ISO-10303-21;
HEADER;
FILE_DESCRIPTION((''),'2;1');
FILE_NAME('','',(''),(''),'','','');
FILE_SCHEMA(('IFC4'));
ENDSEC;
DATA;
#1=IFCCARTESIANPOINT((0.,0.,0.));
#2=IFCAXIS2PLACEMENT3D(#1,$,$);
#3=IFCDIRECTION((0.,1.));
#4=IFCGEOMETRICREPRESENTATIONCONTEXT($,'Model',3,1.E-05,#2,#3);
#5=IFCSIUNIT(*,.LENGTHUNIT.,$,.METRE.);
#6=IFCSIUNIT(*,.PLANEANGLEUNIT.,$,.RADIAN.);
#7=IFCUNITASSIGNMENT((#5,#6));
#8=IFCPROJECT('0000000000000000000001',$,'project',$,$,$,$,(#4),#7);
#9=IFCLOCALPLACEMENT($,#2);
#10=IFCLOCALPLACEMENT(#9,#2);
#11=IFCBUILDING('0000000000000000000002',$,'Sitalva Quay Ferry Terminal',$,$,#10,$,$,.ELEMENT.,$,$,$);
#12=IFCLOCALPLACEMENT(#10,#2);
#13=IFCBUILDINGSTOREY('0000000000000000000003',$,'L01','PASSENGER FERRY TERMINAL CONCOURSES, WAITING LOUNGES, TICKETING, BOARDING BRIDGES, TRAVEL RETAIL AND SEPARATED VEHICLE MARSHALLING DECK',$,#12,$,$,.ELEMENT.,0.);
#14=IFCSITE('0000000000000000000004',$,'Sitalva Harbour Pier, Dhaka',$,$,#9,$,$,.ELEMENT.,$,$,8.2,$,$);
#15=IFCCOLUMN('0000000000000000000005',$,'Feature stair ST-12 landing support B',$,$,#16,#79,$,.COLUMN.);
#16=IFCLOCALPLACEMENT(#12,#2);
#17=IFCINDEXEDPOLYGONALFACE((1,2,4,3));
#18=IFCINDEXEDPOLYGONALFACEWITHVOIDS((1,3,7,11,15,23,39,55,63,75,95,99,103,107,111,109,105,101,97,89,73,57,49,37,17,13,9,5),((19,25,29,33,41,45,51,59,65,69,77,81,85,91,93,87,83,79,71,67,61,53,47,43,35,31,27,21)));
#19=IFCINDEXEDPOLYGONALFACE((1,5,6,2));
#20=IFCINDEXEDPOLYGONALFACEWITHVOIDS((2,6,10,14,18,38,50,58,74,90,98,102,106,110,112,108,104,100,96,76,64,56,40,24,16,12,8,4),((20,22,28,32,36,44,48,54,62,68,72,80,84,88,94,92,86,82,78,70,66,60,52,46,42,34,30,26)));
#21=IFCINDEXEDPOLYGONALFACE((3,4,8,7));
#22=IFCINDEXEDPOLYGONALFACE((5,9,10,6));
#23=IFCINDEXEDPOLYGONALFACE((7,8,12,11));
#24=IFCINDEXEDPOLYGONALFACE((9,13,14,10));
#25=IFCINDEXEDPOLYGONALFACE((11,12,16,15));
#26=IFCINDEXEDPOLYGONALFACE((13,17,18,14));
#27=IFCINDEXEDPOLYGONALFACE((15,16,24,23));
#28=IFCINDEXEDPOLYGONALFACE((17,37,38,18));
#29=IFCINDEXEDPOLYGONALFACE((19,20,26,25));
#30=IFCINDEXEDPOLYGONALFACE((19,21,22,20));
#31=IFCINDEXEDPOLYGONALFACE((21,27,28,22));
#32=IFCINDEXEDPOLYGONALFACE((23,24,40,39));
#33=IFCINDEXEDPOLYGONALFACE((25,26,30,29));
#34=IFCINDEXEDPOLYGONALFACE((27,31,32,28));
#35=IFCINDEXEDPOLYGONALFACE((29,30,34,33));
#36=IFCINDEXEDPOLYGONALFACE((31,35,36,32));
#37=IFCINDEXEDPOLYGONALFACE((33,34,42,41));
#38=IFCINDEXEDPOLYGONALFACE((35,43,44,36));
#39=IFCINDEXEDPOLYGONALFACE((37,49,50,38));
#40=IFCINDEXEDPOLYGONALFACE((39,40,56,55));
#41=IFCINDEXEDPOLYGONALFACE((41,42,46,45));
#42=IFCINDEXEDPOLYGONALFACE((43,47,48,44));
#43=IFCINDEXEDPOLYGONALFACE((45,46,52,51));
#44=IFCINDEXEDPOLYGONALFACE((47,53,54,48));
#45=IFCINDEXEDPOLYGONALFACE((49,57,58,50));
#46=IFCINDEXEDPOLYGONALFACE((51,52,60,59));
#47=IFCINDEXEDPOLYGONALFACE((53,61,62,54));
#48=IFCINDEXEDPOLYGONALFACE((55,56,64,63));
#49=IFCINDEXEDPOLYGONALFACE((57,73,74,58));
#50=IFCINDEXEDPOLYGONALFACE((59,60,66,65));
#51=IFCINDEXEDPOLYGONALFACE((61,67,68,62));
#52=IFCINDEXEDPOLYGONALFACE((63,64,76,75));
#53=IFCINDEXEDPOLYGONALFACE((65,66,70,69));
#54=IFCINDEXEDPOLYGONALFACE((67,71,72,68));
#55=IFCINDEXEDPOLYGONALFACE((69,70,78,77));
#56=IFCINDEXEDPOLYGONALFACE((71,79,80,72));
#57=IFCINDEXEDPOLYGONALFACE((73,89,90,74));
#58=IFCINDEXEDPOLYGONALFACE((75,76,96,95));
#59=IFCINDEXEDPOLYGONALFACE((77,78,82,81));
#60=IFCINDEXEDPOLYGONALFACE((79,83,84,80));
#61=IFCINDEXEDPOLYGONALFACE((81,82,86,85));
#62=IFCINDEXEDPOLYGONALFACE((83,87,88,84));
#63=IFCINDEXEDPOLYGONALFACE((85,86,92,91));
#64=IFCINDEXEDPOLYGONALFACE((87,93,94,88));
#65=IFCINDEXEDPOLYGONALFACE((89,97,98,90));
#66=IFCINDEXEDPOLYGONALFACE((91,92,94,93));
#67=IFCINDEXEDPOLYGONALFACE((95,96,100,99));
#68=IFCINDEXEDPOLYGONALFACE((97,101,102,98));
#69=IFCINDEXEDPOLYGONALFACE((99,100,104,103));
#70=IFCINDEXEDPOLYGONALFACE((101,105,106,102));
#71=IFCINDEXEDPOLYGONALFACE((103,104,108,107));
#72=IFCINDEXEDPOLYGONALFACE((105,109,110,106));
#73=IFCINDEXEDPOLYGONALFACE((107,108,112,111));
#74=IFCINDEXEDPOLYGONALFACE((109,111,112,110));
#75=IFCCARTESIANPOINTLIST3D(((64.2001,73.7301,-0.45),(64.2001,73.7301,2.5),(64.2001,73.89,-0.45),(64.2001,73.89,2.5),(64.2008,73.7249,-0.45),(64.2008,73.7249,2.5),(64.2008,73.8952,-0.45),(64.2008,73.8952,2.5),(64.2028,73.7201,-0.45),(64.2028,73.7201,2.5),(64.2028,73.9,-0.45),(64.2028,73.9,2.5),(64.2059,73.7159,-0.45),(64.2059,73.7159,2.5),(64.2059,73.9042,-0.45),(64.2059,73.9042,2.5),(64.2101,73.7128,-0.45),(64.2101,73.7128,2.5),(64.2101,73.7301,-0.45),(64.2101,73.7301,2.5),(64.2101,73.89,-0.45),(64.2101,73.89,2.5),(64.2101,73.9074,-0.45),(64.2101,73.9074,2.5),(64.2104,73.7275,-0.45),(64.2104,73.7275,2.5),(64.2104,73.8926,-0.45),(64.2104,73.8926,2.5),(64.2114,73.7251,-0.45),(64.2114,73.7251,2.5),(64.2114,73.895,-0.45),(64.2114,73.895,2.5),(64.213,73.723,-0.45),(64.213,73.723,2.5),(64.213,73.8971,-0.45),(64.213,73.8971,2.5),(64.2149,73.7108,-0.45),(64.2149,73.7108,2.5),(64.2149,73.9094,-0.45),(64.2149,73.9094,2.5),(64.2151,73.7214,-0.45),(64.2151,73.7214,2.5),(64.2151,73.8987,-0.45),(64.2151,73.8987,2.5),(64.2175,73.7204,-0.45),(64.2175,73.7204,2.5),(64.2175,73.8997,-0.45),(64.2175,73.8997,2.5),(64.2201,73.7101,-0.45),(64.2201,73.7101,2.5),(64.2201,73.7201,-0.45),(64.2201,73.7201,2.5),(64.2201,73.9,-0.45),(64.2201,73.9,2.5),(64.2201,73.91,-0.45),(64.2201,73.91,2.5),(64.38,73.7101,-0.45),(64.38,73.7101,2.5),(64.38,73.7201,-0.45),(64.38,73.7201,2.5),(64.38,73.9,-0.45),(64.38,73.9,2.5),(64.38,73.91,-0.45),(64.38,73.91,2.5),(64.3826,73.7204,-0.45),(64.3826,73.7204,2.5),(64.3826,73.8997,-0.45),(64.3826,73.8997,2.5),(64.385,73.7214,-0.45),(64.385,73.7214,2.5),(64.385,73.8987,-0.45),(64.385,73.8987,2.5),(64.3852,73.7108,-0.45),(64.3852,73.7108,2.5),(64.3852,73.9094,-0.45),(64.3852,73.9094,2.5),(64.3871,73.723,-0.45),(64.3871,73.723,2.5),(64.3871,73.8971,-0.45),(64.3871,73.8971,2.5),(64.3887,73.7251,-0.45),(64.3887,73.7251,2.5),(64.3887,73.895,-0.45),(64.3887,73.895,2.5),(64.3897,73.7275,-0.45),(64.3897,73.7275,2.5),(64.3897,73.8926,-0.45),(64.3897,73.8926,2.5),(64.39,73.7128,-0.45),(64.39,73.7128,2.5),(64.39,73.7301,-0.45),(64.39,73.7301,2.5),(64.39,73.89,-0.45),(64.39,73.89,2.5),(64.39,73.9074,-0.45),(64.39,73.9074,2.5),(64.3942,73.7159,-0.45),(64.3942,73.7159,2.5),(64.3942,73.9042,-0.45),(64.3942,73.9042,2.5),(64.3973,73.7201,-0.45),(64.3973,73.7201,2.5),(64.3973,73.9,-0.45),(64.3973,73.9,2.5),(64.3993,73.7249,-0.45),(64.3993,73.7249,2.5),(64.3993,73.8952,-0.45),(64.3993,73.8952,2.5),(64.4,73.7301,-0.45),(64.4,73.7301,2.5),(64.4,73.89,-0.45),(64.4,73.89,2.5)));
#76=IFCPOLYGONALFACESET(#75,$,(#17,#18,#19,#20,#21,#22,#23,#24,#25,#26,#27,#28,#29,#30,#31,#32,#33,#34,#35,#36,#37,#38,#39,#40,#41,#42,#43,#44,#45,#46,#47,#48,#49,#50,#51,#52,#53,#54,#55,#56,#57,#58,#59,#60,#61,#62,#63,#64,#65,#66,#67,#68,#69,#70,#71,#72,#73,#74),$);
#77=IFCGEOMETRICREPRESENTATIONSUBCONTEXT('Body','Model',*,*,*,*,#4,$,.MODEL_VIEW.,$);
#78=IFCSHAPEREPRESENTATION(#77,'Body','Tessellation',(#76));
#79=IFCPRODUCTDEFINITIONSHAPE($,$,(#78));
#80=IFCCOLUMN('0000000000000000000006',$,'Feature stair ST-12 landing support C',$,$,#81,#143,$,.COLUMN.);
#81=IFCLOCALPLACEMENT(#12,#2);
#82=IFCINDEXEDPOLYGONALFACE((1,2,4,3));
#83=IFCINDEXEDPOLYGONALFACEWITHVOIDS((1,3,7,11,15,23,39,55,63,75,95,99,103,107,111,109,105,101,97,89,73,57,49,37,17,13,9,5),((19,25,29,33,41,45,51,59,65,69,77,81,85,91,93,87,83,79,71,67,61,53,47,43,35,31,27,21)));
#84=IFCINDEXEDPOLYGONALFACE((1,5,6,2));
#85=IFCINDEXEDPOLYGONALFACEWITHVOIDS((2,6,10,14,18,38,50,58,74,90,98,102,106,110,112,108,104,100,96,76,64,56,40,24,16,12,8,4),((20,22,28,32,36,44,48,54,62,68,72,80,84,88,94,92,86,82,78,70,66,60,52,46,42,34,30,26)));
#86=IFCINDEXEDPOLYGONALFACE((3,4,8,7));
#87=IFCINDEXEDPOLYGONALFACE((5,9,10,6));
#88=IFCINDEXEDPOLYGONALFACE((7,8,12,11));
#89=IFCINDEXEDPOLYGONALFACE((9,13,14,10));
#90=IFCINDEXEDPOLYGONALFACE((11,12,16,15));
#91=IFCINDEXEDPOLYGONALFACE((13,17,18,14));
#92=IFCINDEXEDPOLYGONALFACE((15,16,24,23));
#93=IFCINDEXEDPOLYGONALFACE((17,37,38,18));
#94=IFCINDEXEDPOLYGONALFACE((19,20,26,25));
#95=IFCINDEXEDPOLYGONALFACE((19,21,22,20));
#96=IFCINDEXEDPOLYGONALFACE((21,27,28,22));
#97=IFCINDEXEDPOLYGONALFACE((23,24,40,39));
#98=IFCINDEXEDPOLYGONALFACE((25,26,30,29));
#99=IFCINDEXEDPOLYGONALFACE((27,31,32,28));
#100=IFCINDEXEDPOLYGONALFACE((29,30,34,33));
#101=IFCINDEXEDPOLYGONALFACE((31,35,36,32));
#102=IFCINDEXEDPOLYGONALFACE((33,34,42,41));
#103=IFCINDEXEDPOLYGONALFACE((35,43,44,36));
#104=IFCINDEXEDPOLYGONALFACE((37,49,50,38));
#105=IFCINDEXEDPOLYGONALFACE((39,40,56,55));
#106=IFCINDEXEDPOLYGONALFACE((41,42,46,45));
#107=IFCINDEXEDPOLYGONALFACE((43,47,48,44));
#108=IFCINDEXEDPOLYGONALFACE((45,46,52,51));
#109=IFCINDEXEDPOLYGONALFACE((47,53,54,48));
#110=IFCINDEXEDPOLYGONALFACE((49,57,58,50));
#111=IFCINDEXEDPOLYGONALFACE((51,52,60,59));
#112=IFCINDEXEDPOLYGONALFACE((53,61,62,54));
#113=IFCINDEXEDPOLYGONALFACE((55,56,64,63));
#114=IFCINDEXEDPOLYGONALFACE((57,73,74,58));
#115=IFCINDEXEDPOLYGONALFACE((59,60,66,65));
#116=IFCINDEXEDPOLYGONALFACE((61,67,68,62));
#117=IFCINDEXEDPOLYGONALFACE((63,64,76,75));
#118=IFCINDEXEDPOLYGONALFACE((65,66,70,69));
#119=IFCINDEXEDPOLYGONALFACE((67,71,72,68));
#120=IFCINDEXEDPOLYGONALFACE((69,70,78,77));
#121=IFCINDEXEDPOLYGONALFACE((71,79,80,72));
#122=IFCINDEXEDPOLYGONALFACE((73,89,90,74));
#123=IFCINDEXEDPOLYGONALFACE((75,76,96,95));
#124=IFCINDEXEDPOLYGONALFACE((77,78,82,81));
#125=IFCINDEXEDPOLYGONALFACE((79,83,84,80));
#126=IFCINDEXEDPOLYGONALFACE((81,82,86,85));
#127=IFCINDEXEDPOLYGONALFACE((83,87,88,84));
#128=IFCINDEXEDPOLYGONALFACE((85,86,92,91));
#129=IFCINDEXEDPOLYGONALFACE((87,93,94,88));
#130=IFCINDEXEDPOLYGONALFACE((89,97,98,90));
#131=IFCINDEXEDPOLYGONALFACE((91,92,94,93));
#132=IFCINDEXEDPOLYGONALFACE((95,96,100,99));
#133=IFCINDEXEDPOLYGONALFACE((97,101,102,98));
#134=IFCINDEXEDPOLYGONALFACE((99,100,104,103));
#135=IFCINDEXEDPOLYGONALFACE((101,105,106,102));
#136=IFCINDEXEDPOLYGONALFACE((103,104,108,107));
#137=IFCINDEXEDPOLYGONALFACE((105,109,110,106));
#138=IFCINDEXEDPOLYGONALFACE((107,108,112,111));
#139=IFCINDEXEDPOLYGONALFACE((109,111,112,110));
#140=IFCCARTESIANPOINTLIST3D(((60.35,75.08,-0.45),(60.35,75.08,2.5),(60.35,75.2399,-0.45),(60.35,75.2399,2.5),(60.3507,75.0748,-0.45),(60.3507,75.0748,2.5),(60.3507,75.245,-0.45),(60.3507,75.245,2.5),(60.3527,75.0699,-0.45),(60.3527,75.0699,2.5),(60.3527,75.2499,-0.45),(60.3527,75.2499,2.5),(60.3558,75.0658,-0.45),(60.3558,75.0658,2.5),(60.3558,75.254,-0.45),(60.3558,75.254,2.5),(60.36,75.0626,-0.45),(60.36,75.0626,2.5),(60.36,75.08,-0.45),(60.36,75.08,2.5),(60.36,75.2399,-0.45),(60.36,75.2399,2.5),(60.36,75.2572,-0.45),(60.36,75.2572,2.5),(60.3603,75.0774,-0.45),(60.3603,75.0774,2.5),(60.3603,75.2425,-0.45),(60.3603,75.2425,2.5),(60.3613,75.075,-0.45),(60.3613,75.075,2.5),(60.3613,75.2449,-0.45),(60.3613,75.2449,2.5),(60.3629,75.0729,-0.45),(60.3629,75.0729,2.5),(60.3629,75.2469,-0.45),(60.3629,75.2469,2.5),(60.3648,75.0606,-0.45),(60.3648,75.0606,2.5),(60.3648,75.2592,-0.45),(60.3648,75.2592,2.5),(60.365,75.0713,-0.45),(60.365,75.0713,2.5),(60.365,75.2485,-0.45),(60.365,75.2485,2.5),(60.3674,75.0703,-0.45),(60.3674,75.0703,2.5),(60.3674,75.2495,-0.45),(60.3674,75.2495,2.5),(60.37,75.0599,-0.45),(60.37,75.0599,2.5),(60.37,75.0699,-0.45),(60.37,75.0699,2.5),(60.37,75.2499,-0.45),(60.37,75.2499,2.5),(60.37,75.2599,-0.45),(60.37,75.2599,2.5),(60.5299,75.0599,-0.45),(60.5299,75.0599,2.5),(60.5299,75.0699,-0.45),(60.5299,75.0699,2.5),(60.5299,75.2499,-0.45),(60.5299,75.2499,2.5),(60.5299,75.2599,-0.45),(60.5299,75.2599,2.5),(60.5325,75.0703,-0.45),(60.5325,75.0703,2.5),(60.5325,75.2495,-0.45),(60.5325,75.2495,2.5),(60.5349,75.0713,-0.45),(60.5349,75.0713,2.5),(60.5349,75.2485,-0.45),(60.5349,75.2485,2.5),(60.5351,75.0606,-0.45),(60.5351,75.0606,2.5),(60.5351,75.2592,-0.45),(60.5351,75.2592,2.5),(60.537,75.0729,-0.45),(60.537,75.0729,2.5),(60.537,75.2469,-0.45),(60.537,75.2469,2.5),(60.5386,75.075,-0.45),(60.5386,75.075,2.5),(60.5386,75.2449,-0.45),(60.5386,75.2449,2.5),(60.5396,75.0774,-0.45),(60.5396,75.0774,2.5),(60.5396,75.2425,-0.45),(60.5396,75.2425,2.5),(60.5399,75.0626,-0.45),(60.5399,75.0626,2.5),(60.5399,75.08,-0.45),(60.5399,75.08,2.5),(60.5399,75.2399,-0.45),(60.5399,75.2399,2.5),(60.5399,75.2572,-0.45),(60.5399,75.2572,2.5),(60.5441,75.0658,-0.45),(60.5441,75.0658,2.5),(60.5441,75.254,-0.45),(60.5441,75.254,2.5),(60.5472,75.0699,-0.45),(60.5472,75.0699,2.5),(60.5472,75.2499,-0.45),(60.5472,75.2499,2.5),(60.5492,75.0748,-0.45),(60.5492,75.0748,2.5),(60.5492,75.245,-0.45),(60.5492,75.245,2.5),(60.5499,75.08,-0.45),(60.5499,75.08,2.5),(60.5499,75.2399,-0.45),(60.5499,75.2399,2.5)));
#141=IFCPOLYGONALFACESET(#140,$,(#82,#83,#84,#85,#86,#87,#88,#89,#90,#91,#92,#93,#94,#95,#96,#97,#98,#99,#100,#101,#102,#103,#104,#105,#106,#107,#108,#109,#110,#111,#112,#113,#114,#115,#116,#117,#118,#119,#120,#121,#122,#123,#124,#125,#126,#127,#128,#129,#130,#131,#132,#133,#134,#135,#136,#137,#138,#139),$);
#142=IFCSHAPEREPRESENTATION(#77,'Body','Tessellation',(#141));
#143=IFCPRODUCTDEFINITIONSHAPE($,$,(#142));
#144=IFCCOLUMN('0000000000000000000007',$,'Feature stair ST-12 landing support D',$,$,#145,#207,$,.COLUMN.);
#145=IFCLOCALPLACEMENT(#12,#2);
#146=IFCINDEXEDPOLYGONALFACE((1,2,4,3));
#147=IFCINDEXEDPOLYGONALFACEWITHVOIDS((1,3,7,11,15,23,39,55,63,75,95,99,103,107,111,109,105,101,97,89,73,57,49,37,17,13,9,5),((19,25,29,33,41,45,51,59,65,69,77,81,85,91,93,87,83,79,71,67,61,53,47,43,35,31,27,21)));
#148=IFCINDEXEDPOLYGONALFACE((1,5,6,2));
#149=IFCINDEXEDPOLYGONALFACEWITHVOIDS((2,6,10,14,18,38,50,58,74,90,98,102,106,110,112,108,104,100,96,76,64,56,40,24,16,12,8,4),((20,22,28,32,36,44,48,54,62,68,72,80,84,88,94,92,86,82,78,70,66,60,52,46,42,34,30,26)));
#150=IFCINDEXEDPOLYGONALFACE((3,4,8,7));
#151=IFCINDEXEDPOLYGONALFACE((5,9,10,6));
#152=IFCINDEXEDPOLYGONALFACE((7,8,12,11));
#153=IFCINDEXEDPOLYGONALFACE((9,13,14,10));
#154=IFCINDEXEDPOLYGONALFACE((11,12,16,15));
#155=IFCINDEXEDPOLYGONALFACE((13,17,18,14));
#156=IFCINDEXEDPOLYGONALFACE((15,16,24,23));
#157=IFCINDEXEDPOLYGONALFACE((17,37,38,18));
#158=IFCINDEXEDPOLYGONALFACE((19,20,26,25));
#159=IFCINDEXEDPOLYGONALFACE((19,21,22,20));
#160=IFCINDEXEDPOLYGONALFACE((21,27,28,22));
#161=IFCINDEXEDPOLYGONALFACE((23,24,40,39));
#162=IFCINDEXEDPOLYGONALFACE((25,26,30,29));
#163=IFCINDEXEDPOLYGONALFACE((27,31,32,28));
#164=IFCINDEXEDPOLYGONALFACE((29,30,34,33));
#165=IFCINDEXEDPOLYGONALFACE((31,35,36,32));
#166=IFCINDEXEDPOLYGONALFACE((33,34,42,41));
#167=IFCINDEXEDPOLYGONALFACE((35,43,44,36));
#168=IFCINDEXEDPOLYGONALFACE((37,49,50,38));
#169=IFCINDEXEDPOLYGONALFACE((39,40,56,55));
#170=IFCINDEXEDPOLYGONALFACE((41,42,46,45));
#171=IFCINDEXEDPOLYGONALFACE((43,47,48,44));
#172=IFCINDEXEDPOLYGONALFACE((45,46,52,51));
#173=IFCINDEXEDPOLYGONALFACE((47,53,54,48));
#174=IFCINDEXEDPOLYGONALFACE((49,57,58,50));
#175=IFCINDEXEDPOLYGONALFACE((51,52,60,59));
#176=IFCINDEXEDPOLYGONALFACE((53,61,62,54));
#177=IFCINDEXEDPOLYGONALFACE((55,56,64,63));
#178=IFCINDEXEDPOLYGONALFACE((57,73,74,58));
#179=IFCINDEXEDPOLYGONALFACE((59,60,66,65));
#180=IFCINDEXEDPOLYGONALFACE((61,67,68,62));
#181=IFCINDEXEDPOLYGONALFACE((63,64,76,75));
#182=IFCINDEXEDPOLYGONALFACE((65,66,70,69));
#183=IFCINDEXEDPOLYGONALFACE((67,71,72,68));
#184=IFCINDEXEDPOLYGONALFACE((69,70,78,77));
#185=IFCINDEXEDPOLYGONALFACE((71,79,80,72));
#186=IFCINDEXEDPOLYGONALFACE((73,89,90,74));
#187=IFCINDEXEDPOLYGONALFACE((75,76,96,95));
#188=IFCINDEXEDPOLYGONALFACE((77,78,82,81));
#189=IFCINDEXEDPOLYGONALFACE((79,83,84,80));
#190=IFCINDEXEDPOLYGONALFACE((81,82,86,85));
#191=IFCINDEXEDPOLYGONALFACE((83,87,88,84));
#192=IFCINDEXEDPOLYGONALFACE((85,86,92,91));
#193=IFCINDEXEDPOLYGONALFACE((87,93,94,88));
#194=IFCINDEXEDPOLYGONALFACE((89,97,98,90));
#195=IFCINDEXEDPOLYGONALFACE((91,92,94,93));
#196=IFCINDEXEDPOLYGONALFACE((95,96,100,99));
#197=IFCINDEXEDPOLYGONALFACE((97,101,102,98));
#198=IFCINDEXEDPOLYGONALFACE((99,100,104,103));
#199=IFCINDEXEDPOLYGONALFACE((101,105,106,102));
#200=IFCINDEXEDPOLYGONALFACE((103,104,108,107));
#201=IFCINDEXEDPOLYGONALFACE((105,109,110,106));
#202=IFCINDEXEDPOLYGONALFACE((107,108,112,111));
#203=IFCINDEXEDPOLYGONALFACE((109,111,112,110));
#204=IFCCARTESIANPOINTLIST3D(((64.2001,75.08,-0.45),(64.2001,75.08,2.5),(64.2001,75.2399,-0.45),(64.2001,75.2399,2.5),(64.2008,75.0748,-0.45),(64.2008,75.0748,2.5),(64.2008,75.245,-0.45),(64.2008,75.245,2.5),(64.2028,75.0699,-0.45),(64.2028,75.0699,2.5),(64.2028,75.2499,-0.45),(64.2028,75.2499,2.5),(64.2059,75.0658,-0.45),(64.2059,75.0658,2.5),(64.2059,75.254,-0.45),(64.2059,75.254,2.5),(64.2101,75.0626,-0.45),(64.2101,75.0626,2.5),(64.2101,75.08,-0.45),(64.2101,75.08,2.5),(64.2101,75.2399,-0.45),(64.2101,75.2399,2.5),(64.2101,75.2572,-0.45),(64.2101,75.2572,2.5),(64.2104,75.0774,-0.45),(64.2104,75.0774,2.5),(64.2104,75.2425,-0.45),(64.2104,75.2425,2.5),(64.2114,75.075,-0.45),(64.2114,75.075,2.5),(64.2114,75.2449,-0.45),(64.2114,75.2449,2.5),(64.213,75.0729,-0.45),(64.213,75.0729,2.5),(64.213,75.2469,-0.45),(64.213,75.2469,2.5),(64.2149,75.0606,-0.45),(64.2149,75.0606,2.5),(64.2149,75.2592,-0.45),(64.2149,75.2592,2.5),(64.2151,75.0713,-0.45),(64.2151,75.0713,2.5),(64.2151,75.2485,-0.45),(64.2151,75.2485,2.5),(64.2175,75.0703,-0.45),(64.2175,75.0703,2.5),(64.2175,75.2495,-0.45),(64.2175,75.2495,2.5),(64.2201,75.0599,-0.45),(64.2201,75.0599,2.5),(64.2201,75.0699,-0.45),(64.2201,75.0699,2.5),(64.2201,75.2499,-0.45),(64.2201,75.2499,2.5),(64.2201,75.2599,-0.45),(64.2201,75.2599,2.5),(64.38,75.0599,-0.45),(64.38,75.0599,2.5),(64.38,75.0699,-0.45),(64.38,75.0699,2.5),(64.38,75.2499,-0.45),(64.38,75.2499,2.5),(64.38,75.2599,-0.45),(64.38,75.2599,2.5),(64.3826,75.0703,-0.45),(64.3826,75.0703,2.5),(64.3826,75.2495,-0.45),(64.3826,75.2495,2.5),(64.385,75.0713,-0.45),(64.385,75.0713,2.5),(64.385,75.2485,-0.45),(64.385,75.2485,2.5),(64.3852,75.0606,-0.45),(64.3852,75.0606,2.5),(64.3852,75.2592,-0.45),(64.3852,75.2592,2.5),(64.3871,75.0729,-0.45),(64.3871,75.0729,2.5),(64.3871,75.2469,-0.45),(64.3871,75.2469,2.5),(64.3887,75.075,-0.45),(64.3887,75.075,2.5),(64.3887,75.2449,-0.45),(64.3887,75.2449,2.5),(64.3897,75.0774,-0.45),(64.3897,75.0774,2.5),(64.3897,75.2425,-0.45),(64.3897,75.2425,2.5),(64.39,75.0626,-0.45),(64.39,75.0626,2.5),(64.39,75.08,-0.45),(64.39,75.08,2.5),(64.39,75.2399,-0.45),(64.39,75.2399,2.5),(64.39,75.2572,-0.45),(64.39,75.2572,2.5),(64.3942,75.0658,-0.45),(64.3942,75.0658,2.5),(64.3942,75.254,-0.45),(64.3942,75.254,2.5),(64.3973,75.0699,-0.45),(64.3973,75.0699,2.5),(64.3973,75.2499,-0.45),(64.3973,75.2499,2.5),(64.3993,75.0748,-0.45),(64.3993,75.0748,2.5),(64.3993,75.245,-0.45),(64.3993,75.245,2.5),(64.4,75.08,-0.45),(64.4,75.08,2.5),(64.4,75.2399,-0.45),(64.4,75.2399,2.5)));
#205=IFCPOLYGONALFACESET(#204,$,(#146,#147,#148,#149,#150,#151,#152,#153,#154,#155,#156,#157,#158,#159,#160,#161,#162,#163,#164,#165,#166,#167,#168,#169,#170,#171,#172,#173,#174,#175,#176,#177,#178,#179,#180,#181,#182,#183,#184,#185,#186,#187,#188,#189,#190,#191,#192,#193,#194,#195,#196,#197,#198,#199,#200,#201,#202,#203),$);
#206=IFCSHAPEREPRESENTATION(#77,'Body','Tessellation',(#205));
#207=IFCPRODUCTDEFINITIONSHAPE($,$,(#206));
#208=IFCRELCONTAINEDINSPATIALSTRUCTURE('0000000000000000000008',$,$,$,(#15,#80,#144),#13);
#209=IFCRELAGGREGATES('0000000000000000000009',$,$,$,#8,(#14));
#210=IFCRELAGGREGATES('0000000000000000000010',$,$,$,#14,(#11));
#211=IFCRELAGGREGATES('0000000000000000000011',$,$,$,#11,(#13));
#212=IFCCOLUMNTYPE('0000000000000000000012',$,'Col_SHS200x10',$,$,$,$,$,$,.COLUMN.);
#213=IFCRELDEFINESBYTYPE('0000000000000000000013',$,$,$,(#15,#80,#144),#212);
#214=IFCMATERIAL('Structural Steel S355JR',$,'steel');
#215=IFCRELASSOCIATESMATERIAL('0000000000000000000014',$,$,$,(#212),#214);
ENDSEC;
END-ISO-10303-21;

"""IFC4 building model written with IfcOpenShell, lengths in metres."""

from ifc_helpers import new_model, si_unit, direction, frame, origin, origin_2d, place, context, subcontext, project, spatial, hollow_rectangle, extrude, material, material_profile, profile_set, type_object, element, save


model = new_model("IFC4")

# Units and contexts
model_context = context("Model", 3, precision=1e-05, world=origin(), true_north=direction((0.0, 1.0)))
body_context = subcontext(model_context, "Body", "Model", "MODEL_VIEW")
ifc_project = project(units=[si_unit("LENGTHUNIT", "METRE"), si_unit("PLANEANGLEUNIT", "RADIAN")], contexts=[model_context])

# Site, building, storey
site_placement = place(None, origin())
site = spatial("IfcSite", under=ifc_project, at=site_placement, Name="Sitalva Harbour Pier, Dhaka", CompositionType="ELEMENT", RefElevation=8.2)
building_placement = place(site_placement, origin())
building = spatial("IfcBuilding", under=site, at=building_placement, Name="Sitalva Quay Ferry Terminal", CompositionType="ELEMENT")
storey_placement = place(building_placement, origin())
storey = spatial("IfcBuildingStorey", under=building, at=storey_placement, Name="L01", Description="PASSENGER FERRY TERMINAL CONCOURSES, WAITING LOUNGES, TICKETING, BOARDING BRIDGES, TRAVEL RETAIL AND SEPARATED VEHICLE MARSHALLING DECK", CompositionType="ELEMENT", Elevation=0.0)

# Columns
ifc_material_1 = material(Name="Structural Steel S355JR", Category="steel")
ifc_material_profile_1 = material_profile(ifc_material_1, hollow_rectangle(XDim=0.2, YDim=0.2, WallThickness=0.01, InnerFilletRadius=0.01, OuterFilletRadius=0.02, at=origin_2d()), Name="SHS200x200x10")
ifc_profile_set_1 = profile_set([ifc_material_profile_1], Name="Structural Steel S355JR")
column_type_1 = type_object("IfcColumnType", Name="Col_SHS200x10", PredefinedType="COLUMN", material=ifc_profile_set_1)
for number, where, z_axis, x_axis, name in (
    (1, (64.3, 73.8101, -0.45), (0.0, 0.0, 1.0), (1.0, 0.0, 0.0), "Feature stair ST-12 landing support B"),
    (2, (60.45, 75.1599, -0.45), (0.0, 0.0, 1.0), (1.0, 0.0, 0.0), "Feature stair ST-12 landing support C"),
    (3, (64.3, 75.1599, -0.45), (0.0, 0.0, 1.0), (1.0, 0.0, 0.0), "Feature stair ST-12 landing support D"),
):
    element("IfcColumn", number, at=place(storey_placement, frame(where, z_axis=z_axis, x_axis=x_axis)), inside=storey, type_object=column_type_1, Name=name, PredefinedType="COLUMN", context=body_context, shape_type="SweptSolid", body=[
        extrude(hollow_rectangle(XDim=0.2, YDim=0.2, WallThickness=0.01, InnerFilletRadius=0.01, OuterFilletRadius=0.02, at=origin_2d()), origin(), (0.0, 0.0, 1.0), 2.95),
    ])

save(model, "model.ifc")
